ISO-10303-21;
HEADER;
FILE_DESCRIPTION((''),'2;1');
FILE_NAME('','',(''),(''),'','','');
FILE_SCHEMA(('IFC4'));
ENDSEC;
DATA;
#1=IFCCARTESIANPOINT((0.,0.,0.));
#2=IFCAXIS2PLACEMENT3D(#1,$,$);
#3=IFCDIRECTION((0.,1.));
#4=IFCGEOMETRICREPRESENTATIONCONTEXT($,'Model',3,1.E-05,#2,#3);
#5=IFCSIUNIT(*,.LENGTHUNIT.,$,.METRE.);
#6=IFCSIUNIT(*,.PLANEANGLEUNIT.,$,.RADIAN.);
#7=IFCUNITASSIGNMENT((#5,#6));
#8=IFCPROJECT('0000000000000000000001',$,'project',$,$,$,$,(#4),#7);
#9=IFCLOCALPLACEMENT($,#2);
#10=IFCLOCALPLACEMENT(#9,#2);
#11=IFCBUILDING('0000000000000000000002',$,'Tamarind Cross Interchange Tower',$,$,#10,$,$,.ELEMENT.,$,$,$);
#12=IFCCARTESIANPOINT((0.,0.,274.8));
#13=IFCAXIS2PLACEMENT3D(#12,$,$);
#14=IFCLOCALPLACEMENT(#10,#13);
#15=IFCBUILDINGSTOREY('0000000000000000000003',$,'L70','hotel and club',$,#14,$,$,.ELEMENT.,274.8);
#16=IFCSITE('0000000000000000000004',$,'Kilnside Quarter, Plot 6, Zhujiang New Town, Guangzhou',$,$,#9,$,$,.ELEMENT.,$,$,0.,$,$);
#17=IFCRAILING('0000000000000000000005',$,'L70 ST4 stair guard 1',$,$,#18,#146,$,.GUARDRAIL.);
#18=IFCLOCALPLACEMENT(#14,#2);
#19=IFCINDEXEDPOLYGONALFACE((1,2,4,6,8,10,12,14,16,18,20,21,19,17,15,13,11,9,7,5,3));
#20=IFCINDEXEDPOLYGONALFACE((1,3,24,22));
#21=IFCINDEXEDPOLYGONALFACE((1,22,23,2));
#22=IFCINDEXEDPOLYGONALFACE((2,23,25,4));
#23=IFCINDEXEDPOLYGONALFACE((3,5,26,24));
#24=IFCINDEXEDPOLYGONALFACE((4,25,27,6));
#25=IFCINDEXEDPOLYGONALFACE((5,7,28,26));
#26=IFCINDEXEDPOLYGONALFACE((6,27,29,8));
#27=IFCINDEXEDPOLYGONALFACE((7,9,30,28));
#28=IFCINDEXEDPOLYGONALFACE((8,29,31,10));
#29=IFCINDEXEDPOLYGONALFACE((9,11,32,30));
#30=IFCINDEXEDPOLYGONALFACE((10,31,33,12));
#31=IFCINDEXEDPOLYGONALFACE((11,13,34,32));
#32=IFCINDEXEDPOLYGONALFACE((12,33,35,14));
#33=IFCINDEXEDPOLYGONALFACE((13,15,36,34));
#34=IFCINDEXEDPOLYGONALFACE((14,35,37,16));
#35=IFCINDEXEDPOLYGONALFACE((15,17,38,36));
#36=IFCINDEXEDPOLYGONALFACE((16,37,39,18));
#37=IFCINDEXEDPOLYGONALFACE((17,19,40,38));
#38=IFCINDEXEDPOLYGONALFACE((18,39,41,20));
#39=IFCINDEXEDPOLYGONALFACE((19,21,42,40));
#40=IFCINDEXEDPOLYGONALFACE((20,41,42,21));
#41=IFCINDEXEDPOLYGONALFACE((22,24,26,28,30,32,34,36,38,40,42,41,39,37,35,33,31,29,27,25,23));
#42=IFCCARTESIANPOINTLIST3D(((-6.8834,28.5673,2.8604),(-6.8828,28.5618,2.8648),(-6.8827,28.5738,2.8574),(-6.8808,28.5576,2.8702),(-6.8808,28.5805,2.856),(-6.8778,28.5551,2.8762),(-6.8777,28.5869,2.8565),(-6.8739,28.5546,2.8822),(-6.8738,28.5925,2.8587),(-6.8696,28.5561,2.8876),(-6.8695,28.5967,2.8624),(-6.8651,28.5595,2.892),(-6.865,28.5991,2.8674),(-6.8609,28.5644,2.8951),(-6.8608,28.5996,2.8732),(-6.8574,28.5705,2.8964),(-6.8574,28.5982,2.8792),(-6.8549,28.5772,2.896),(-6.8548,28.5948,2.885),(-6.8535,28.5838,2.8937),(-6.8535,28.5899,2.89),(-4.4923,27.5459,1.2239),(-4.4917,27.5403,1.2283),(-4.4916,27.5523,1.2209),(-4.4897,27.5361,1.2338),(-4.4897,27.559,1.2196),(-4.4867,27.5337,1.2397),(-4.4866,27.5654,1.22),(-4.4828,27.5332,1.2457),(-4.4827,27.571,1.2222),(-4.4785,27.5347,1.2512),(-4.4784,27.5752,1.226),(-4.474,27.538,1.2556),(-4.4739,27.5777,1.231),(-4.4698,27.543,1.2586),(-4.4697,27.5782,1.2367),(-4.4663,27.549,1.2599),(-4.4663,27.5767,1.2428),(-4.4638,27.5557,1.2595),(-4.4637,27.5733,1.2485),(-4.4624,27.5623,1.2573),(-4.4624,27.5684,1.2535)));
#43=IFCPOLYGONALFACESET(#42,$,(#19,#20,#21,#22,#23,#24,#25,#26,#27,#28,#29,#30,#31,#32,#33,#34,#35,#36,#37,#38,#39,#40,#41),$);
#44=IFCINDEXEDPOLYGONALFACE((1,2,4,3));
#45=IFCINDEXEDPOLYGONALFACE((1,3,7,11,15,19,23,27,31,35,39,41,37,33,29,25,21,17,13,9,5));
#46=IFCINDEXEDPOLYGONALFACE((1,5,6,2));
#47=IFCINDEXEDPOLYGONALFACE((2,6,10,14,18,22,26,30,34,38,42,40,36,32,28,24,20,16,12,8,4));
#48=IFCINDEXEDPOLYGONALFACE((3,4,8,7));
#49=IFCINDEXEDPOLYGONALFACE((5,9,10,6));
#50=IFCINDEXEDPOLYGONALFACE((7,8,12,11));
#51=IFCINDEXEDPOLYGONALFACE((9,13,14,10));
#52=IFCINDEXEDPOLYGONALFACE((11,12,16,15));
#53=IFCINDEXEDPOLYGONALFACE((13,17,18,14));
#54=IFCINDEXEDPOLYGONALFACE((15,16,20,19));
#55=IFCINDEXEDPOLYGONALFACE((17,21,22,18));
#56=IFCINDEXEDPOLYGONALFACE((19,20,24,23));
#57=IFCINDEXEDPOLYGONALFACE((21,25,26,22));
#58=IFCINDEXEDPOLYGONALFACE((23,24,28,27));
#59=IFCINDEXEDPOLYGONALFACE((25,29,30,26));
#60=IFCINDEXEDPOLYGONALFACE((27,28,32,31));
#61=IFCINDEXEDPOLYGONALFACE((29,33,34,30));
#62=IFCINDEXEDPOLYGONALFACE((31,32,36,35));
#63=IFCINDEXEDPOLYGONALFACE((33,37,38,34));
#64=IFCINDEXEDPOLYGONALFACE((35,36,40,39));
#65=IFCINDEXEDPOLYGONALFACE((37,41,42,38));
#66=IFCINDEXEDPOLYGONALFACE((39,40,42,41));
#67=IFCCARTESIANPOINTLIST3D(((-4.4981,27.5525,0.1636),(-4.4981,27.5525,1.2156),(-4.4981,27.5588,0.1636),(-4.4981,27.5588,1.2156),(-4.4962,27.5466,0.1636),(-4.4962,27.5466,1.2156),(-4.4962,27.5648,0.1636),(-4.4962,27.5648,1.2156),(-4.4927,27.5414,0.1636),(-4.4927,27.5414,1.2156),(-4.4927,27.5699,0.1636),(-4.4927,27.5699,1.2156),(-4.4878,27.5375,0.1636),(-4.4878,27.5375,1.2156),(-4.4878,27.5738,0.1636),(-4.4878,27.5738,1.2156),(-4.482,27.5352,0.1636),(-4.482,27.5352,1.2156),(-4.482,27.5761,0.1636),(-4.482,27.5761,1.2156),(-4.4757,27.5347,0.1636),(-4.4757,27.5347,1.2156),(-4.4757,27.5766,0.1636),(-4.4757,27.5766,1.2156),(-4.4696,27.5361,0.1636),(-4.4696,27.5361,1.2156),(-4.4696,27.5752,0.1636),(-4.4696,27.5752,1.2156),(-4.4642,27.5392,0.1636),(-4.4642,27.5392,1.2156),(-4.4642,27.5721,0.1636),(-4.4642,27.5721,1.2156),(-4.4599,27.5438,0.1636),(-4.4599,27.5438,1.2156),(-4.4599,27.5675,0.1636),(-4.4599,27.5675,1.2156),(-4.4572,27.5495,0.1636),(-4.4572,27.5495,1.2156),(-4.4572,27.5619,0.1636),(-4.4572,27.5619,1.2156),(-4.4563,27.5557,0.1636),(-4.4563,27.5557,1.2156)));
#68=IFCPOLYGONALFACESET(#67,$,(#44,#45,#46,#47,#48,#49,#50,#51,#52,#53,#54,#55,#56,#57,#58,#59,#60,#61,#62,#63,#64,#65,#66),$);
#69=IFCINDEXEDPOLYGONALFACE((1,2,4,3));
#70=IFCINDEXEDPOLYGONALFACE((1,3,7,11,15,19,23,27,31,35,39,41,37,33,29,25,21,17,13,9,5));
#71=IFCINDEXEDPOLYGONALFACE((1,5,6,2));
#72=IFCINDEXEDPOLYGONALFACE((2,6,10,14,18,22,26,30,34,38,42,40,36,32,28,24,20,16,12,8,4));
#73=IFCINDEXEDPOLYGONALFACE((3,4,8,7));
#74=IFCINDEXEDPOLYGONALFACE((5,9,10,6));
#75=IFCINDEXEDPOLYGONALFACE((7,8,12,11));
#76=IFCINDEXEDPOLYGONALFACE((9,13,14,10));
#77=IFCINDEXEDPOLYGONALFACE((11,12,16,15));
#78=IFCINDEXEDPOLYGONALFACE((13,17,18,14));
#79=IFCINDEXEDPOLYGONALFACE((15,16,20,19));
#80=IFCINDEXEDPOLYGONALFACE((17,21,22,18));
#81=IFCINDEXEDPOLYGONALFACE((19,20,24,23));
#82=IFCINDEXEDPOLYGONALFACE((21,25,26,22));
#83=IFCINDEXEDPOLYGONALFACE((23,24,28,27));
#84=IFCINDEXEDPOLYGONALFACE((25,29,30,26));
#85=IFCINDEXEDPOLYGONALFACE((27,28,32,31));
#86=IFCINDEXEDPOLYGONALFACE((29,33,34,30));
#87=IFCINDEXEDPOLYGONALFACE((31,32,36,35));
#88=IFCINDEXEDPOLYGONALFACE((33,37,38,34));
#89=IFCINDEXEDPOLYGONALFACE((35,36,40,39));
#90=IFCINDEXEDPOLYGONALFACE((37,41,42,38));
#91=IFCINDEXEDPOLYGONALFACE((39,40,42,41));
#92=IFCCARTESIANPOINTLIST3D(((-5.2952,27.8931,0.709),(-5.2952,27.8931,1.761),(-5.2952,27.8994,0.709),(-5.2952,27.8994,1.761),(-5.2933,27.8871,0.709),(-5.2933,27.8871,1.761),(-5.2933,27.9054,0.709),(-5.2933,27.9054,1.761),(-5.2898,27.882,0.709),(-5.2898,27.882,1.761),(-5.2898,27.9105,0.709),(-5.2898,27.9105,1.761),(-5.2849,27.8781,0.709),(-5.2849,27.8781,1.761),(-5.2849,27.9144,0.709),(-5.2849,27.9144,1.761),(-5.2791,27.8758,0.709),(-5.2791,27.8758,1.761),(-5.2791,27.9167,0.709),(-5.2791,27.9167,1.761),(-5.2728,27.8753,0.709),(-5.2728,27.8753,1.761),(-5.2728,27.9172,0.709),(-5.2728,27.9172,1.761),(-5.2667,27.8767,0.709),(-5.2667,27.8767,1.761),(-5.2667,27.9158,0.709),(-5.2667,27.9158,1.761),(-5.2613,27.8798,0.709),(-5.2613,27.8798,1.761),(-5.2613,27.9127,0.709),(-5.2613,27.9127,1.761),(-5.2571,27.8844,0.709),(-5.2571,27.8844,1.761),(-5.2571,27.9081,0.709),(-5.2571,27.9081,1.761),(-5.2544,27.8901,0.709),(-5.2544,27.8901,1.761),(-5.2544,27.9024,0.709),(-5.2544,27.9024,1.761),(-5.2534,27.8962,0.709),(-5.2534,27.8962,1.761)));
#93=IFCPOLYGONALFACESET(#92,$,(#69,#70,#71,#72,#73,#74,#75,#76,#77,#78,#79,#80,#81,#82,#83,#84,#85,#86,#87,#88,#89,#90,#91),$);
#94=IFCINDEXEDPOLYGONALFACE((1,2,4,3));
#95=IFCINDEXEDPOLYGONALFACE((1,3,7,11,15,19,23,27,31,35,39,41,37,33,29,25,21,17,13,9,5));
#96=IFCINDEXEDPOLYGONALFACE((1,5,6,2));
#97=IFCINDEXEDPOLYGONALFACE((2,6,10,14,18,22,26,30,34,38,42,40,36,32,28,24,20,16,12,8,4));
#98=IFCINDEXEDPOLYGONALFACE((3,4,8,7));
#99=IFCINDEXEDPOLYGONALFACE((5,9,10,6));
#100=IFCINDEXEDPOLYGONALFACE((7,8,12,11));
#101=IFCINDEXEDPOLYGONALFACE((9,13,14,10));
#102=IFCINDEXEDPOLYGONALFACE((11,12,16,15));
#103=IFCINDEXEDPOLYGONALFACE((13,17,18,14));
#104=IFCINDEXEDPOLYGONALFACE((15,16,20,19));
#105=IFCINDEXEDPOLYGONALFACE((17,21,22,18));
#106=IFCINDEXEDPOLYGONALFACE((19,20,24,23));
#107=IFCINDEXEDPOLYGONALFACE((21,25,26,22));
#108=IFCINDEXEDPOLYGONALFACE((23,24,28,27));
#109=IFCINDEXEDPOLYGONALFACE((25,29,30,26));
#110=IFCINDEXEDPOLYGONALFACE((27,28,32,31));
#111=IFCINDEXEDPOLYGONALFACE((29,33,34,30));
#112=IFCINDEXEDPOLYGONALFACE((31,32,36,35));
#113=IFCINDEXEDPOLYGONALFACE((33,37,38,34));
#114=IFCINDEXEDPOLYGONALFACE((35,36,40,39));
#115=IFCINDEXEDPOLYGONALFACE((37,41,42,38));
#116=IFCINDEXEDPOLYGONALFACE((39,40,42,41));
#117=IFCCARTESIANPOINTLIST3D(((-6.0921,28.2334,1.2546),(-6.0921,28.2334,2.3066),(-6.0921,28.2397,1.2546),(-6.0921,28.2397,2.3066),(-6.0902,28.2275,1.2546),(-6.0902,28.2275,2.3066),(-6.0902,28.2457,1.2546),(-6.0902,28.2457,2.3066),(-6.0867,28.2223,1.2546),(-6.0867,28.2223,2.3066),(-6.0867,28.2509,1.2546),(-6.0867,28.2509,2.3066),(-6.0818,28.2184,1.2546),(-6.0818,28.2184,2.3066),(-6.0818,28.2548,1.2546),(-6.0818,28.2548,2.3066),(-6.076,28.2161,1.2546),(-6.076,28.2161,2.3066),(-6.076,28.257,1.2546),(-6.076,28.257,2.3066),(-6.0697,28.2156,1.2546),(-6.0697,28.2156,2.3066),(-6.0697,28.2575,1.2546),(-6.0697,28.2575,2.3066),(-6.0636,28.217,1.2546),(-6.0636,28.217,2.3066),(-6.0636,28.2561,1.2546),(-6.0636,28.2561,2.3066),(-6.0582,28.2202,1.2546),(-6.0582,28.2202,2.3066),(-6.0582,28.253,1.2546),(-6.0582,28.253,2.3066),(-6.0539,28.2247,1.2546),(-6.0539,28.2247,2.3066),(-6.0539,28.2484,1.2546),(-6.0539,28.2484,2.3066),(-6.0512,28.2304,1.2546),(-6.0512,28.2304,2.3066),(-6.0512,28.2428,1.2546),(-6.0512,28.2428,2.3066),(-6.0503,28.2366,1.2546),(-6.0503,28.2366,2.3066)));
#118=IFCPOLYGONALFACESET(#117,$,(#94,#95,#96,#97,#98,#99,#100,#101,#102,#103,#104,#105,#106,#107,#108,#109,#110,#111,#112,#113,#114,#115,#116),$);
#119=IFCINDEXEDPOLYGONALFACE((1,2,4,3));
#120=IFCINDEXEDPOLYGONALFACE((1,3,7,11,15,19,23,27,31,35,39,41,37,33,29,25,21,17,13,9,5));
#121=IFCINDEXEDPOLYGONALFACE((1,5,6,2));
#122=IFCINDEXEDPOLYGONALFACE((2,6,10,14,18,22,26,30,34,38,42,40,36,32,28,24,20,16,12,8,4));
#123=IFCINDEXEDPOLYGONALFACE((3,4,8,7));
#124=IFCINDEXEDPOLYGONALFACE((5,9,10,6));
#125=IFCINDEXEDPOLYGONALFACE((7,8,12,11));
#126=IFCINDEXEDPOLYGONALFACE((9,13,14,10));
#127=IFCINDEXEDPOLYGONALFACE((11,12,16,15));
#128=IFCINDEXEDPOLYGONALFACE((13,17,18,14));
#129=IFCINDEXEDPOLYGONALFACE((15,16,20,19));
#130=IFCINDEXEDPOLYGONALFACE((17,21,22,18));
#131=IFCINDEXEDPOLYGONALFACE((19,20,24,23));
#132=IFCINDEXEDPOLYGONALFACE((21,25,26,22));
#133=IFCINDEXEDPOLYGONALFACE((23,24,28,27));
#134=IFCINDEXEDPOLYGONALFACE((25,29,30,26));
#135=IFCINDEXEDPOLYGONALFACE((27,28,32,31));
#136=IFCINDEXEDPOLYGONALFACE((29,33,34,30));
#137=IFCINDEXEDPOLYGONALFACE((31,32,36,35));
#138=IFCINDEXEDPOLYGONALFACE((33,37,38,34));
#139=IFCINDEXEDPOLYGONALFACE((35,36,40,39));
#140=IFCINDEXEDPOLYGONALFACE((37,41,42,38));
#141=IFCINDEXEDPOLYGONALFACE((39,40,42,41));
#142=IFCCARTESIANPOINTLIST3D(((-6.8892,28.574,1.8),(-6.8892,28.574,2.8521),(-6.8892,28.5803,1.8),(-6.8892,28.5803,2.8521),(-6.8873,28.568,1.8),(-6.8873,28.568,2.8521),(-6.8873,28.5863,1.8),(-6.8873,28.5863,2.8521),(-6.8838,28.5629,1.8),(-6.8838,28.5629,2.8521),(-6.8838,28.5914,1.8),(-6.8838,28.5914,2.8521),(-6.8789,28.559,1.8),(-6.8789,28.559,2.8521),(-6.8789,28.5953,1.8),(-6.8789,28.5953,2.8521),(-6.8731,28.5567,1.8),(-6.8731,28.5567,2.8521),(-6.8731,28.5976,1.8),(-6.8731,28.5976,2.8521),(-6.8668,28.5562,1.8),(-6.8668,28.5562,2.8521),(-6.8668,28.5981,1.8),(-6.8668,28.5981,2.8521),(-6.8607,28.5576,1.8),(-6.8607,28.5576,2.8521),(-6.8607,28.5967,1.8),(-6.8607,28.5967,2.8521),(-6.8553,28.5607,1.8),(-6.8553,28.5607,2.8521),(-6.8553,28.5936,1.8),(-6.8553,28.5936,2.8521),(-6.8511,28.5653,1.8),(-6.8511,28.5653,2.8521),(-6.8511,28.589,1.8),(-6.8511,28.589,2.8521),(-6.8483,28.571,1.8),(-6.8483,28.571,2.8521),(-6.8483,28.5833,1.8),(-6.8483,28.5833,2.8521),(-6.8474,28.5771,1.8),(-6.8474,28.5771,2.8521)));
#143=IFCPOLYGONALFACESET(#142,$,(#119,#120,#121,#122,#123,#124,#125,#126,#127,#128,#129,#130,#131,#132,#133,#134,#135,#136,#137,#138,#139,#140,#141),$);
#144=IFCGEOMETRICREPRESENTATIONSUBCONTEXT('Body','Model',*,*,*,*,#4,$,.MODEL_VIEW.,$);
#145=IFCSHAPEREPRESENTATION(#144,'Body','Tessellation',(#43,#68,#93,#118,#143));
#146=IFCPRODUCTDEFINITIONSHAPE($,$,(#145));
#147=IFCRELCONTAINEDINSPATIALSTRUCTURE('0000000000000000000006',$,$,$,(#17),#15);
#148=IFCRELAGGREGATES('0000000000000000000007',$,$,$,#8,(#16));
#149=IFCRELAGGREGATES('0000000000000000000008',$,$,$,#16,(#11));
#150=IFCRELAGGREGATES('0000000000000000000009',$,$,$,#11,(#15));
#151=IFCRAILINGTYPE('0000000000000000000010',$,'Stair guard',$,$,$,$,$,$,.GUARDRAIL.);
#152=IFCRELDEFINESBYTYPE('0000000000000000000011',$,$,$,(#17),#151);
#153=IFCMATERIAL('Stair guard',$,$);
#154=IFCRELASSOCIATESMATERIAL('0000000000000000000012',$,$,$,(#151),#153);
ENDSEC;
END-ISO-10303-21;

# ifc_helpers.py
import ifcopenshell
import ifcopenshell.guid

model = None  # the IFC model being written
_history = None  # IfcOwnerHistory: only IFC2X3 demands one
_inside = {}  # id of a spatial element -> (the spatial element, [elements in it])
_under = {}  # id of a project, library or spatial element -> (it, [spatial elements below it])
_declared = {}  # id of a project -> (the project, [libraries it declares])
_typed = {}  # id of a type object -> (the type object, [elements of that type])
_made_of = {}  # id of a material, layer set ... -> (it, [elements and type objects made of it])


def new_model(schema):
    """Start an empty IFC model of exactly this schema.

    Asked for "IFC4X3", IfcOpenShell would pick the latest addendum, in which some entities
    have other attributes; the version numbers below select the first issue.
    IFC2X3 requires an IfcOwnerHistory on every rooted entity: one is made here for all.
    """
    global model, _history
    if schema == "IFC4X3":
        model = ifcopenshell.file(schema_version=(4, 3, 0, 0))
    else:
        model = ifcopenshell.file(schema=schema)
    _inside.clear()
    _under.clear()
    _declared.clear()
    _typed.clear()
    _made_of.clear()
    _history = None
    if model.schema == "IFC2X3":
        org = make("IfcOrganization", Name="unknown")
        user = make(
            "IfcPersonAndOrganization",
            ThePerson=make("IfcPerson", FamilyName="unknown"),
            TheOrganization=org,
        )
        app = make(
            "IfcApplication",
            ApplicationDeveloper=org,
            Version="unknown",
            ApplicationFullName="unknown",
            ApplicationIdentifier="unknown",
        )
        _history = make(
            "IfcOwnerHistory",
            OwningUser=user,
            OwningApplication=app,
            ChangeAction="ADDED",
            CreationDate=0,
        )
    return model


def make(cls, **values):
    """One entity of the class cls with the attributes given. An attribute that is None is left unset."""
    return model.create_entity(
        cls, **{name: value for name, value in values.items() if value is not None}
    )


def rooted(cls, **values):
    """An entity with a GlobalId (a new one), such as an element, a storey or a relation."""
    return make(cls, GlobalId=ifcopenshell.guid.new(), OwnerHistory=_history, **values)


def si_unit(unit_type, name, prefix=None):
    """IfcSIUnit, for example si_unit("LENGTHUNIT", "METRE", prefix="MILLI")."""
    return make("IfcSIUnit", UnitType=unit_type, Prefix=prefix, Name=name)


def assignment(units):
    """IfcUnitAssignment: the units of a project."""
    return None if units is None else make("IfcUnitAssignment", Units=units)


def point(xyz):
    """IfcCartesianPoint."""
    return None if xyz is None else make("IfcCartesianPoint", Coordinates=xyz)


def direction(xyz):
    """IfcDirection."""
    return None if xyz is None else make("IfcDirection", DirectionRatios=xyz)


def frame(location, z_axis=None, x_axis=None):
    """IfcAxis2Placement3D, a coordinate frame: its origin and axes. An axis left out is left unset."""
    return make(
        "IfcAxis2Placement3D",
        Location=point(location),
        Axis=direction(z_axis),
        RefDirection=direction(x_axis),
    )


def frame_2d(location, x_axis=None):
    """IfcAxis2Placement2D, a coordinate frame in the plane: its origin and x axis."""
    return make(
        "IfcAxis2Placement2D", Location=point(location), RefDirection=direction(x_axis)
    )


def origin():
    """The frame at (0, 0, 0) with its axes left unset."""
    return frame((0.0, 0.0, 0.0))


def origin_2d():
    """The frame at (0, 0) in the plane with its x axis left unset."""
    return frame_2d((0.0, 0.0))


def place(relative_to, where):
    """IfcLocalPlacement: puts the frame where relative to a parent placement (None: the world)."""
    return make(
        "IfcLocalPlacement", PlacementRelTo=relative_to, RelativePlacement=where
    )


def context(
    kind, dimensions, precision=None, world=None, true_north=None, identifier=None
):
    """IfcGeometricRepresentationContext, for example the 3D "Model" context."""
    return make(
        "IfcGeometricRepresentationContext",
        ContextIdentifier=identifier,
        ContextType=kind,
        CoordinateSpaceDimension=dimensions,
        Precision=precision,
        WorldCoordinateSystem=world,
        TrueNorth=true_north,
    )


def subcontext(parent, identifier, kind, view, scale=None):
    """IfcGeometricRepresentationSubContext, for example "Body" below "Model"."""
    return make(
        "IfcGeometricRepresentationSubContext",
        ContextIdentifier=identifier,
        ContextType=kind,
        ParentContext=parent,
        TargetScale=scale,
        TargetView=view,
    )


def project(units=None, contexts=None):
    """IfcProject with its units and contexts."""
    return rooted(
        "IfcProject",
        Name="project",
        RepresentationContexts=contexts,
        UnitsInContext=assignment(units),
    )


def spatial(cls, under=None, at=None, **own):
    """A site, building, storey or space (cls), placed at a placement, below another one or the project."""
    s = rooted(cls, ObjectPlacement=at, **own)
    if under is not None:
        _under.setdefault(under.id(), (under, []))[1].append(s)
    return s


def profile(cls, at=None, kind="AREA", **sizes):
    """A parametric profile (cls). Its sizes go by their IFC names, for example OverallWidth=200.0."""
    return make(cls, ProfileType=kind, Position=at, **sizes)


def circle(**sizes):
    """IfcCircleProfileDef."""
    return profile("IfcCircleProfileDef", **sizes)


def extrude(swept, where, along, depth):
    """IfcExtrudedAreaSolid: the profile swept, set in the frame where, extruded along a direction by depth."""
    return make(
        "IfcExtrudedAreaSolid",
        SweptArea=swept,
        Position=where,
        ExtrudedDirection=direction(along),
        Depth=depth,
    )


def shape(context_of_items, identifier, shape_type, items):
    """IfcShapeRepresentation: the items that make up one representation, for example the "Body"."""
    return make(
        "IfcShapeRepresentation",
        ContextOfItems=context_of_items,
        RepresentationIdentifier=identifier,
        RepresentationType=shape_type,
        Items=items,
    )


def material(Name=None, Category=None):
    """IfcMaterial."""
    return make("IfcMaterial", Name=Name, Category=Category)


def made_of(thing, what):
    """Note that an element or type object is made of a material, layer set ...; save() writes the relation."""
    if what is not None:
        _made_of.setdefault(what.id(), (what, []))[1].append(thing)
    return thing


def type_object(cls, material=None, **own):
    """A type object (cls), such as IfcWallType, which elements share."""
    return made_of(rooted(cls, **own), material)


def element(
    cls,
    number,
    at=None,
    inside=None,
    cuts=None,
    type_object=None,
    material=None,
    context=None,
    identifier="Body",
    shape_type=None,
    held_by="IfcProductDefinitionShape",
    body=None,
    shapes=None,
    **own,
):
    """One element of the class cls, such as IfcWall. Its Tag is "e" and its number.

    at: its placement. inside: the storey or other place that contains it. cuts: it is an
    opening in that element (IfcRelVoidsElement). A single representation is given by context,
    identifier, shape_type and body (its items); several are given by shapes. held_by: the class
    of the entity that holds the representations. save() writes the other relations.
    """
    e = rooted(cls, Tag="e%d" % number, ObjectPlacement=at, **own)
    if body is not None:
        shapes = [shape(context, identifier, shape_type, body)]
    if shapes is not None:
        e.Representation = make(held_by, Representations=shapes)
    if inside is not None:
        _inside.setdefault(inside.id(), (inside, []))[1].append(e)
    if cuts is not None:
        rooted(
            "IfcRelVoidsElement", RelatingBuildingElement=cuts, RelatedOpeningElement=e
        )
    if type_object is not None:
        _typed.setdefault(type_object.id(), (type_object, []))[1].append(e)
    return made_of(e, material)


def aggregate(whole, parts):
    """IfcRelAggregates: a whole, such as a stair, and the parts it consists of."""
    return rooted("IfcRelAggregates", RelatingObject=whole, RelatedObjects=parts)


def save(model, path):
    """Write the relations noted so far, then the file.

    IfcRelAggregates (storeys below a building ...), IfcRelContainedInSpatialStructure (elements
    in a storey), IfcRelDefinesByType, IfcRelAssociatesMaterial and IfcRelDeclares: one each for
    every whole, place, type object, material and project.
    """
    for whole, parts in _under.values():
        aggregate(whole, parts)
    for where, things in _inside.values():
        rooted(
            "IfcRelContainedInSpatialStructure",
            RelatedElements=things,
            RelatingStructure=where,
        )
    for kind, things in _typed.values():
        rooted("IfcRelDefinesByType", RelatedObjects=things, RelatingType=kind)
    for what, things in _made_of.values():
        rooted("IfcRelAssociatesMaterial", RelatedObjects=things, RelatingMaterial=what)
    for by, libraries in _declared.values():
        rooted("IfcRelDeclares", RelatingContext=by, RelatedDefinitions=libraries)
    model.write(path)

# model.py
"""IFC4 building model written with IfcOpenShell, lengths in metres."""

from ifc_helpers import new_model, si_unit, direction, frame, origin, origin_2d, place, context, subcontext, project, spatial, circle, extrude, material, type_object, element, save


model = new_model("IFC4")

# Units and contexts
model_context = context("Model", 3, precision=1e-05, world=origin(), true_north=direction((0.0, 1.0)))
body_context = subcontext(model_context, "Body", "Model", "MODEL_VIEW")
ifc_project = project(units=[si_unit("LENGTHUNIT", "METRE"), si_unit("PLANEANGLEUNIT", "RADIAN")], contexts=[model_context])

# Site, building, storey
site_placement = place(None, origin())
site = spatial("IfcSite", under=ifc_project, at=site_placement, Name="Kilnside Quarter, Plot 6, Zhujiang New Town, Guangzhou", CompositionType="ELEMENT", RefElevation=0.0)
building_placement = place(site_placement, origin())
building = spatial("IfcBuilding", under=site, at=building_placement, Name="Tamarind Cross Interchange Tower", CompositionType="ELEMENT")
storey_placement = place(building_placement, frame((0.0, 0.0, 274.8)))
storey = spatial("IfcBuildingStorey", under=building, at=storey_placement, Name="L70", Description="hotel and club", CompositionType="ELEMENT", Elevation=274.8)

# Railing
ifc_material_1 = material(Name="Stair guard")
railing_type_1 = type_object("IfcRailingType", Name="Stair guard", PredefinedType="GUARDRAIL", material=ifc_material_1)
railing_1_placement = place(storey_placement, frame((-4.4773, 27.5557, 0.1636)))
element("IfcRailing", 1, at=railing_1_placement, inside=storey, type_object=railing_type_1, Name="L70 ST4 stair guard 1", PredefinedType="GUARDRAIL", context=body_context, shape_type="SweptSolid", body=[
    extrude(circle(Radius=0.0239, at=origin_2d()), frame((0.0, 0.0, 1.0762), z_axis=(-0.778286, 0.332484, 0.532658), x_axis=(-0.392854, -0.919601, 0.0)), (0.0, 0.0, 1.0), 3.0723),
    extrude(circle(Radius=0.021, at=origin_2d()), origin(), (0.0, 0.0, 1.0), 1.052),
    extrude(circle(Radius=0.021, at=origin_2d()), frame((-0.7971, 0.3406, 0.5454)), (0.0, 0.0, 1.0), 1.052),
    extrude(circle(Radius=0.021, at=origin_2d()), frame((-1.594, 0.6809, 1.0911)), (0.0, 0.0, 1.0), 1.052),
    extrude(circle(Radius=0.021, at=origin_2d()), frame((-2.3911, 1.0215, 1.6365)), (0.0, 0.0, 1.0), 1.052),
])

save(model, "model.ifc")
